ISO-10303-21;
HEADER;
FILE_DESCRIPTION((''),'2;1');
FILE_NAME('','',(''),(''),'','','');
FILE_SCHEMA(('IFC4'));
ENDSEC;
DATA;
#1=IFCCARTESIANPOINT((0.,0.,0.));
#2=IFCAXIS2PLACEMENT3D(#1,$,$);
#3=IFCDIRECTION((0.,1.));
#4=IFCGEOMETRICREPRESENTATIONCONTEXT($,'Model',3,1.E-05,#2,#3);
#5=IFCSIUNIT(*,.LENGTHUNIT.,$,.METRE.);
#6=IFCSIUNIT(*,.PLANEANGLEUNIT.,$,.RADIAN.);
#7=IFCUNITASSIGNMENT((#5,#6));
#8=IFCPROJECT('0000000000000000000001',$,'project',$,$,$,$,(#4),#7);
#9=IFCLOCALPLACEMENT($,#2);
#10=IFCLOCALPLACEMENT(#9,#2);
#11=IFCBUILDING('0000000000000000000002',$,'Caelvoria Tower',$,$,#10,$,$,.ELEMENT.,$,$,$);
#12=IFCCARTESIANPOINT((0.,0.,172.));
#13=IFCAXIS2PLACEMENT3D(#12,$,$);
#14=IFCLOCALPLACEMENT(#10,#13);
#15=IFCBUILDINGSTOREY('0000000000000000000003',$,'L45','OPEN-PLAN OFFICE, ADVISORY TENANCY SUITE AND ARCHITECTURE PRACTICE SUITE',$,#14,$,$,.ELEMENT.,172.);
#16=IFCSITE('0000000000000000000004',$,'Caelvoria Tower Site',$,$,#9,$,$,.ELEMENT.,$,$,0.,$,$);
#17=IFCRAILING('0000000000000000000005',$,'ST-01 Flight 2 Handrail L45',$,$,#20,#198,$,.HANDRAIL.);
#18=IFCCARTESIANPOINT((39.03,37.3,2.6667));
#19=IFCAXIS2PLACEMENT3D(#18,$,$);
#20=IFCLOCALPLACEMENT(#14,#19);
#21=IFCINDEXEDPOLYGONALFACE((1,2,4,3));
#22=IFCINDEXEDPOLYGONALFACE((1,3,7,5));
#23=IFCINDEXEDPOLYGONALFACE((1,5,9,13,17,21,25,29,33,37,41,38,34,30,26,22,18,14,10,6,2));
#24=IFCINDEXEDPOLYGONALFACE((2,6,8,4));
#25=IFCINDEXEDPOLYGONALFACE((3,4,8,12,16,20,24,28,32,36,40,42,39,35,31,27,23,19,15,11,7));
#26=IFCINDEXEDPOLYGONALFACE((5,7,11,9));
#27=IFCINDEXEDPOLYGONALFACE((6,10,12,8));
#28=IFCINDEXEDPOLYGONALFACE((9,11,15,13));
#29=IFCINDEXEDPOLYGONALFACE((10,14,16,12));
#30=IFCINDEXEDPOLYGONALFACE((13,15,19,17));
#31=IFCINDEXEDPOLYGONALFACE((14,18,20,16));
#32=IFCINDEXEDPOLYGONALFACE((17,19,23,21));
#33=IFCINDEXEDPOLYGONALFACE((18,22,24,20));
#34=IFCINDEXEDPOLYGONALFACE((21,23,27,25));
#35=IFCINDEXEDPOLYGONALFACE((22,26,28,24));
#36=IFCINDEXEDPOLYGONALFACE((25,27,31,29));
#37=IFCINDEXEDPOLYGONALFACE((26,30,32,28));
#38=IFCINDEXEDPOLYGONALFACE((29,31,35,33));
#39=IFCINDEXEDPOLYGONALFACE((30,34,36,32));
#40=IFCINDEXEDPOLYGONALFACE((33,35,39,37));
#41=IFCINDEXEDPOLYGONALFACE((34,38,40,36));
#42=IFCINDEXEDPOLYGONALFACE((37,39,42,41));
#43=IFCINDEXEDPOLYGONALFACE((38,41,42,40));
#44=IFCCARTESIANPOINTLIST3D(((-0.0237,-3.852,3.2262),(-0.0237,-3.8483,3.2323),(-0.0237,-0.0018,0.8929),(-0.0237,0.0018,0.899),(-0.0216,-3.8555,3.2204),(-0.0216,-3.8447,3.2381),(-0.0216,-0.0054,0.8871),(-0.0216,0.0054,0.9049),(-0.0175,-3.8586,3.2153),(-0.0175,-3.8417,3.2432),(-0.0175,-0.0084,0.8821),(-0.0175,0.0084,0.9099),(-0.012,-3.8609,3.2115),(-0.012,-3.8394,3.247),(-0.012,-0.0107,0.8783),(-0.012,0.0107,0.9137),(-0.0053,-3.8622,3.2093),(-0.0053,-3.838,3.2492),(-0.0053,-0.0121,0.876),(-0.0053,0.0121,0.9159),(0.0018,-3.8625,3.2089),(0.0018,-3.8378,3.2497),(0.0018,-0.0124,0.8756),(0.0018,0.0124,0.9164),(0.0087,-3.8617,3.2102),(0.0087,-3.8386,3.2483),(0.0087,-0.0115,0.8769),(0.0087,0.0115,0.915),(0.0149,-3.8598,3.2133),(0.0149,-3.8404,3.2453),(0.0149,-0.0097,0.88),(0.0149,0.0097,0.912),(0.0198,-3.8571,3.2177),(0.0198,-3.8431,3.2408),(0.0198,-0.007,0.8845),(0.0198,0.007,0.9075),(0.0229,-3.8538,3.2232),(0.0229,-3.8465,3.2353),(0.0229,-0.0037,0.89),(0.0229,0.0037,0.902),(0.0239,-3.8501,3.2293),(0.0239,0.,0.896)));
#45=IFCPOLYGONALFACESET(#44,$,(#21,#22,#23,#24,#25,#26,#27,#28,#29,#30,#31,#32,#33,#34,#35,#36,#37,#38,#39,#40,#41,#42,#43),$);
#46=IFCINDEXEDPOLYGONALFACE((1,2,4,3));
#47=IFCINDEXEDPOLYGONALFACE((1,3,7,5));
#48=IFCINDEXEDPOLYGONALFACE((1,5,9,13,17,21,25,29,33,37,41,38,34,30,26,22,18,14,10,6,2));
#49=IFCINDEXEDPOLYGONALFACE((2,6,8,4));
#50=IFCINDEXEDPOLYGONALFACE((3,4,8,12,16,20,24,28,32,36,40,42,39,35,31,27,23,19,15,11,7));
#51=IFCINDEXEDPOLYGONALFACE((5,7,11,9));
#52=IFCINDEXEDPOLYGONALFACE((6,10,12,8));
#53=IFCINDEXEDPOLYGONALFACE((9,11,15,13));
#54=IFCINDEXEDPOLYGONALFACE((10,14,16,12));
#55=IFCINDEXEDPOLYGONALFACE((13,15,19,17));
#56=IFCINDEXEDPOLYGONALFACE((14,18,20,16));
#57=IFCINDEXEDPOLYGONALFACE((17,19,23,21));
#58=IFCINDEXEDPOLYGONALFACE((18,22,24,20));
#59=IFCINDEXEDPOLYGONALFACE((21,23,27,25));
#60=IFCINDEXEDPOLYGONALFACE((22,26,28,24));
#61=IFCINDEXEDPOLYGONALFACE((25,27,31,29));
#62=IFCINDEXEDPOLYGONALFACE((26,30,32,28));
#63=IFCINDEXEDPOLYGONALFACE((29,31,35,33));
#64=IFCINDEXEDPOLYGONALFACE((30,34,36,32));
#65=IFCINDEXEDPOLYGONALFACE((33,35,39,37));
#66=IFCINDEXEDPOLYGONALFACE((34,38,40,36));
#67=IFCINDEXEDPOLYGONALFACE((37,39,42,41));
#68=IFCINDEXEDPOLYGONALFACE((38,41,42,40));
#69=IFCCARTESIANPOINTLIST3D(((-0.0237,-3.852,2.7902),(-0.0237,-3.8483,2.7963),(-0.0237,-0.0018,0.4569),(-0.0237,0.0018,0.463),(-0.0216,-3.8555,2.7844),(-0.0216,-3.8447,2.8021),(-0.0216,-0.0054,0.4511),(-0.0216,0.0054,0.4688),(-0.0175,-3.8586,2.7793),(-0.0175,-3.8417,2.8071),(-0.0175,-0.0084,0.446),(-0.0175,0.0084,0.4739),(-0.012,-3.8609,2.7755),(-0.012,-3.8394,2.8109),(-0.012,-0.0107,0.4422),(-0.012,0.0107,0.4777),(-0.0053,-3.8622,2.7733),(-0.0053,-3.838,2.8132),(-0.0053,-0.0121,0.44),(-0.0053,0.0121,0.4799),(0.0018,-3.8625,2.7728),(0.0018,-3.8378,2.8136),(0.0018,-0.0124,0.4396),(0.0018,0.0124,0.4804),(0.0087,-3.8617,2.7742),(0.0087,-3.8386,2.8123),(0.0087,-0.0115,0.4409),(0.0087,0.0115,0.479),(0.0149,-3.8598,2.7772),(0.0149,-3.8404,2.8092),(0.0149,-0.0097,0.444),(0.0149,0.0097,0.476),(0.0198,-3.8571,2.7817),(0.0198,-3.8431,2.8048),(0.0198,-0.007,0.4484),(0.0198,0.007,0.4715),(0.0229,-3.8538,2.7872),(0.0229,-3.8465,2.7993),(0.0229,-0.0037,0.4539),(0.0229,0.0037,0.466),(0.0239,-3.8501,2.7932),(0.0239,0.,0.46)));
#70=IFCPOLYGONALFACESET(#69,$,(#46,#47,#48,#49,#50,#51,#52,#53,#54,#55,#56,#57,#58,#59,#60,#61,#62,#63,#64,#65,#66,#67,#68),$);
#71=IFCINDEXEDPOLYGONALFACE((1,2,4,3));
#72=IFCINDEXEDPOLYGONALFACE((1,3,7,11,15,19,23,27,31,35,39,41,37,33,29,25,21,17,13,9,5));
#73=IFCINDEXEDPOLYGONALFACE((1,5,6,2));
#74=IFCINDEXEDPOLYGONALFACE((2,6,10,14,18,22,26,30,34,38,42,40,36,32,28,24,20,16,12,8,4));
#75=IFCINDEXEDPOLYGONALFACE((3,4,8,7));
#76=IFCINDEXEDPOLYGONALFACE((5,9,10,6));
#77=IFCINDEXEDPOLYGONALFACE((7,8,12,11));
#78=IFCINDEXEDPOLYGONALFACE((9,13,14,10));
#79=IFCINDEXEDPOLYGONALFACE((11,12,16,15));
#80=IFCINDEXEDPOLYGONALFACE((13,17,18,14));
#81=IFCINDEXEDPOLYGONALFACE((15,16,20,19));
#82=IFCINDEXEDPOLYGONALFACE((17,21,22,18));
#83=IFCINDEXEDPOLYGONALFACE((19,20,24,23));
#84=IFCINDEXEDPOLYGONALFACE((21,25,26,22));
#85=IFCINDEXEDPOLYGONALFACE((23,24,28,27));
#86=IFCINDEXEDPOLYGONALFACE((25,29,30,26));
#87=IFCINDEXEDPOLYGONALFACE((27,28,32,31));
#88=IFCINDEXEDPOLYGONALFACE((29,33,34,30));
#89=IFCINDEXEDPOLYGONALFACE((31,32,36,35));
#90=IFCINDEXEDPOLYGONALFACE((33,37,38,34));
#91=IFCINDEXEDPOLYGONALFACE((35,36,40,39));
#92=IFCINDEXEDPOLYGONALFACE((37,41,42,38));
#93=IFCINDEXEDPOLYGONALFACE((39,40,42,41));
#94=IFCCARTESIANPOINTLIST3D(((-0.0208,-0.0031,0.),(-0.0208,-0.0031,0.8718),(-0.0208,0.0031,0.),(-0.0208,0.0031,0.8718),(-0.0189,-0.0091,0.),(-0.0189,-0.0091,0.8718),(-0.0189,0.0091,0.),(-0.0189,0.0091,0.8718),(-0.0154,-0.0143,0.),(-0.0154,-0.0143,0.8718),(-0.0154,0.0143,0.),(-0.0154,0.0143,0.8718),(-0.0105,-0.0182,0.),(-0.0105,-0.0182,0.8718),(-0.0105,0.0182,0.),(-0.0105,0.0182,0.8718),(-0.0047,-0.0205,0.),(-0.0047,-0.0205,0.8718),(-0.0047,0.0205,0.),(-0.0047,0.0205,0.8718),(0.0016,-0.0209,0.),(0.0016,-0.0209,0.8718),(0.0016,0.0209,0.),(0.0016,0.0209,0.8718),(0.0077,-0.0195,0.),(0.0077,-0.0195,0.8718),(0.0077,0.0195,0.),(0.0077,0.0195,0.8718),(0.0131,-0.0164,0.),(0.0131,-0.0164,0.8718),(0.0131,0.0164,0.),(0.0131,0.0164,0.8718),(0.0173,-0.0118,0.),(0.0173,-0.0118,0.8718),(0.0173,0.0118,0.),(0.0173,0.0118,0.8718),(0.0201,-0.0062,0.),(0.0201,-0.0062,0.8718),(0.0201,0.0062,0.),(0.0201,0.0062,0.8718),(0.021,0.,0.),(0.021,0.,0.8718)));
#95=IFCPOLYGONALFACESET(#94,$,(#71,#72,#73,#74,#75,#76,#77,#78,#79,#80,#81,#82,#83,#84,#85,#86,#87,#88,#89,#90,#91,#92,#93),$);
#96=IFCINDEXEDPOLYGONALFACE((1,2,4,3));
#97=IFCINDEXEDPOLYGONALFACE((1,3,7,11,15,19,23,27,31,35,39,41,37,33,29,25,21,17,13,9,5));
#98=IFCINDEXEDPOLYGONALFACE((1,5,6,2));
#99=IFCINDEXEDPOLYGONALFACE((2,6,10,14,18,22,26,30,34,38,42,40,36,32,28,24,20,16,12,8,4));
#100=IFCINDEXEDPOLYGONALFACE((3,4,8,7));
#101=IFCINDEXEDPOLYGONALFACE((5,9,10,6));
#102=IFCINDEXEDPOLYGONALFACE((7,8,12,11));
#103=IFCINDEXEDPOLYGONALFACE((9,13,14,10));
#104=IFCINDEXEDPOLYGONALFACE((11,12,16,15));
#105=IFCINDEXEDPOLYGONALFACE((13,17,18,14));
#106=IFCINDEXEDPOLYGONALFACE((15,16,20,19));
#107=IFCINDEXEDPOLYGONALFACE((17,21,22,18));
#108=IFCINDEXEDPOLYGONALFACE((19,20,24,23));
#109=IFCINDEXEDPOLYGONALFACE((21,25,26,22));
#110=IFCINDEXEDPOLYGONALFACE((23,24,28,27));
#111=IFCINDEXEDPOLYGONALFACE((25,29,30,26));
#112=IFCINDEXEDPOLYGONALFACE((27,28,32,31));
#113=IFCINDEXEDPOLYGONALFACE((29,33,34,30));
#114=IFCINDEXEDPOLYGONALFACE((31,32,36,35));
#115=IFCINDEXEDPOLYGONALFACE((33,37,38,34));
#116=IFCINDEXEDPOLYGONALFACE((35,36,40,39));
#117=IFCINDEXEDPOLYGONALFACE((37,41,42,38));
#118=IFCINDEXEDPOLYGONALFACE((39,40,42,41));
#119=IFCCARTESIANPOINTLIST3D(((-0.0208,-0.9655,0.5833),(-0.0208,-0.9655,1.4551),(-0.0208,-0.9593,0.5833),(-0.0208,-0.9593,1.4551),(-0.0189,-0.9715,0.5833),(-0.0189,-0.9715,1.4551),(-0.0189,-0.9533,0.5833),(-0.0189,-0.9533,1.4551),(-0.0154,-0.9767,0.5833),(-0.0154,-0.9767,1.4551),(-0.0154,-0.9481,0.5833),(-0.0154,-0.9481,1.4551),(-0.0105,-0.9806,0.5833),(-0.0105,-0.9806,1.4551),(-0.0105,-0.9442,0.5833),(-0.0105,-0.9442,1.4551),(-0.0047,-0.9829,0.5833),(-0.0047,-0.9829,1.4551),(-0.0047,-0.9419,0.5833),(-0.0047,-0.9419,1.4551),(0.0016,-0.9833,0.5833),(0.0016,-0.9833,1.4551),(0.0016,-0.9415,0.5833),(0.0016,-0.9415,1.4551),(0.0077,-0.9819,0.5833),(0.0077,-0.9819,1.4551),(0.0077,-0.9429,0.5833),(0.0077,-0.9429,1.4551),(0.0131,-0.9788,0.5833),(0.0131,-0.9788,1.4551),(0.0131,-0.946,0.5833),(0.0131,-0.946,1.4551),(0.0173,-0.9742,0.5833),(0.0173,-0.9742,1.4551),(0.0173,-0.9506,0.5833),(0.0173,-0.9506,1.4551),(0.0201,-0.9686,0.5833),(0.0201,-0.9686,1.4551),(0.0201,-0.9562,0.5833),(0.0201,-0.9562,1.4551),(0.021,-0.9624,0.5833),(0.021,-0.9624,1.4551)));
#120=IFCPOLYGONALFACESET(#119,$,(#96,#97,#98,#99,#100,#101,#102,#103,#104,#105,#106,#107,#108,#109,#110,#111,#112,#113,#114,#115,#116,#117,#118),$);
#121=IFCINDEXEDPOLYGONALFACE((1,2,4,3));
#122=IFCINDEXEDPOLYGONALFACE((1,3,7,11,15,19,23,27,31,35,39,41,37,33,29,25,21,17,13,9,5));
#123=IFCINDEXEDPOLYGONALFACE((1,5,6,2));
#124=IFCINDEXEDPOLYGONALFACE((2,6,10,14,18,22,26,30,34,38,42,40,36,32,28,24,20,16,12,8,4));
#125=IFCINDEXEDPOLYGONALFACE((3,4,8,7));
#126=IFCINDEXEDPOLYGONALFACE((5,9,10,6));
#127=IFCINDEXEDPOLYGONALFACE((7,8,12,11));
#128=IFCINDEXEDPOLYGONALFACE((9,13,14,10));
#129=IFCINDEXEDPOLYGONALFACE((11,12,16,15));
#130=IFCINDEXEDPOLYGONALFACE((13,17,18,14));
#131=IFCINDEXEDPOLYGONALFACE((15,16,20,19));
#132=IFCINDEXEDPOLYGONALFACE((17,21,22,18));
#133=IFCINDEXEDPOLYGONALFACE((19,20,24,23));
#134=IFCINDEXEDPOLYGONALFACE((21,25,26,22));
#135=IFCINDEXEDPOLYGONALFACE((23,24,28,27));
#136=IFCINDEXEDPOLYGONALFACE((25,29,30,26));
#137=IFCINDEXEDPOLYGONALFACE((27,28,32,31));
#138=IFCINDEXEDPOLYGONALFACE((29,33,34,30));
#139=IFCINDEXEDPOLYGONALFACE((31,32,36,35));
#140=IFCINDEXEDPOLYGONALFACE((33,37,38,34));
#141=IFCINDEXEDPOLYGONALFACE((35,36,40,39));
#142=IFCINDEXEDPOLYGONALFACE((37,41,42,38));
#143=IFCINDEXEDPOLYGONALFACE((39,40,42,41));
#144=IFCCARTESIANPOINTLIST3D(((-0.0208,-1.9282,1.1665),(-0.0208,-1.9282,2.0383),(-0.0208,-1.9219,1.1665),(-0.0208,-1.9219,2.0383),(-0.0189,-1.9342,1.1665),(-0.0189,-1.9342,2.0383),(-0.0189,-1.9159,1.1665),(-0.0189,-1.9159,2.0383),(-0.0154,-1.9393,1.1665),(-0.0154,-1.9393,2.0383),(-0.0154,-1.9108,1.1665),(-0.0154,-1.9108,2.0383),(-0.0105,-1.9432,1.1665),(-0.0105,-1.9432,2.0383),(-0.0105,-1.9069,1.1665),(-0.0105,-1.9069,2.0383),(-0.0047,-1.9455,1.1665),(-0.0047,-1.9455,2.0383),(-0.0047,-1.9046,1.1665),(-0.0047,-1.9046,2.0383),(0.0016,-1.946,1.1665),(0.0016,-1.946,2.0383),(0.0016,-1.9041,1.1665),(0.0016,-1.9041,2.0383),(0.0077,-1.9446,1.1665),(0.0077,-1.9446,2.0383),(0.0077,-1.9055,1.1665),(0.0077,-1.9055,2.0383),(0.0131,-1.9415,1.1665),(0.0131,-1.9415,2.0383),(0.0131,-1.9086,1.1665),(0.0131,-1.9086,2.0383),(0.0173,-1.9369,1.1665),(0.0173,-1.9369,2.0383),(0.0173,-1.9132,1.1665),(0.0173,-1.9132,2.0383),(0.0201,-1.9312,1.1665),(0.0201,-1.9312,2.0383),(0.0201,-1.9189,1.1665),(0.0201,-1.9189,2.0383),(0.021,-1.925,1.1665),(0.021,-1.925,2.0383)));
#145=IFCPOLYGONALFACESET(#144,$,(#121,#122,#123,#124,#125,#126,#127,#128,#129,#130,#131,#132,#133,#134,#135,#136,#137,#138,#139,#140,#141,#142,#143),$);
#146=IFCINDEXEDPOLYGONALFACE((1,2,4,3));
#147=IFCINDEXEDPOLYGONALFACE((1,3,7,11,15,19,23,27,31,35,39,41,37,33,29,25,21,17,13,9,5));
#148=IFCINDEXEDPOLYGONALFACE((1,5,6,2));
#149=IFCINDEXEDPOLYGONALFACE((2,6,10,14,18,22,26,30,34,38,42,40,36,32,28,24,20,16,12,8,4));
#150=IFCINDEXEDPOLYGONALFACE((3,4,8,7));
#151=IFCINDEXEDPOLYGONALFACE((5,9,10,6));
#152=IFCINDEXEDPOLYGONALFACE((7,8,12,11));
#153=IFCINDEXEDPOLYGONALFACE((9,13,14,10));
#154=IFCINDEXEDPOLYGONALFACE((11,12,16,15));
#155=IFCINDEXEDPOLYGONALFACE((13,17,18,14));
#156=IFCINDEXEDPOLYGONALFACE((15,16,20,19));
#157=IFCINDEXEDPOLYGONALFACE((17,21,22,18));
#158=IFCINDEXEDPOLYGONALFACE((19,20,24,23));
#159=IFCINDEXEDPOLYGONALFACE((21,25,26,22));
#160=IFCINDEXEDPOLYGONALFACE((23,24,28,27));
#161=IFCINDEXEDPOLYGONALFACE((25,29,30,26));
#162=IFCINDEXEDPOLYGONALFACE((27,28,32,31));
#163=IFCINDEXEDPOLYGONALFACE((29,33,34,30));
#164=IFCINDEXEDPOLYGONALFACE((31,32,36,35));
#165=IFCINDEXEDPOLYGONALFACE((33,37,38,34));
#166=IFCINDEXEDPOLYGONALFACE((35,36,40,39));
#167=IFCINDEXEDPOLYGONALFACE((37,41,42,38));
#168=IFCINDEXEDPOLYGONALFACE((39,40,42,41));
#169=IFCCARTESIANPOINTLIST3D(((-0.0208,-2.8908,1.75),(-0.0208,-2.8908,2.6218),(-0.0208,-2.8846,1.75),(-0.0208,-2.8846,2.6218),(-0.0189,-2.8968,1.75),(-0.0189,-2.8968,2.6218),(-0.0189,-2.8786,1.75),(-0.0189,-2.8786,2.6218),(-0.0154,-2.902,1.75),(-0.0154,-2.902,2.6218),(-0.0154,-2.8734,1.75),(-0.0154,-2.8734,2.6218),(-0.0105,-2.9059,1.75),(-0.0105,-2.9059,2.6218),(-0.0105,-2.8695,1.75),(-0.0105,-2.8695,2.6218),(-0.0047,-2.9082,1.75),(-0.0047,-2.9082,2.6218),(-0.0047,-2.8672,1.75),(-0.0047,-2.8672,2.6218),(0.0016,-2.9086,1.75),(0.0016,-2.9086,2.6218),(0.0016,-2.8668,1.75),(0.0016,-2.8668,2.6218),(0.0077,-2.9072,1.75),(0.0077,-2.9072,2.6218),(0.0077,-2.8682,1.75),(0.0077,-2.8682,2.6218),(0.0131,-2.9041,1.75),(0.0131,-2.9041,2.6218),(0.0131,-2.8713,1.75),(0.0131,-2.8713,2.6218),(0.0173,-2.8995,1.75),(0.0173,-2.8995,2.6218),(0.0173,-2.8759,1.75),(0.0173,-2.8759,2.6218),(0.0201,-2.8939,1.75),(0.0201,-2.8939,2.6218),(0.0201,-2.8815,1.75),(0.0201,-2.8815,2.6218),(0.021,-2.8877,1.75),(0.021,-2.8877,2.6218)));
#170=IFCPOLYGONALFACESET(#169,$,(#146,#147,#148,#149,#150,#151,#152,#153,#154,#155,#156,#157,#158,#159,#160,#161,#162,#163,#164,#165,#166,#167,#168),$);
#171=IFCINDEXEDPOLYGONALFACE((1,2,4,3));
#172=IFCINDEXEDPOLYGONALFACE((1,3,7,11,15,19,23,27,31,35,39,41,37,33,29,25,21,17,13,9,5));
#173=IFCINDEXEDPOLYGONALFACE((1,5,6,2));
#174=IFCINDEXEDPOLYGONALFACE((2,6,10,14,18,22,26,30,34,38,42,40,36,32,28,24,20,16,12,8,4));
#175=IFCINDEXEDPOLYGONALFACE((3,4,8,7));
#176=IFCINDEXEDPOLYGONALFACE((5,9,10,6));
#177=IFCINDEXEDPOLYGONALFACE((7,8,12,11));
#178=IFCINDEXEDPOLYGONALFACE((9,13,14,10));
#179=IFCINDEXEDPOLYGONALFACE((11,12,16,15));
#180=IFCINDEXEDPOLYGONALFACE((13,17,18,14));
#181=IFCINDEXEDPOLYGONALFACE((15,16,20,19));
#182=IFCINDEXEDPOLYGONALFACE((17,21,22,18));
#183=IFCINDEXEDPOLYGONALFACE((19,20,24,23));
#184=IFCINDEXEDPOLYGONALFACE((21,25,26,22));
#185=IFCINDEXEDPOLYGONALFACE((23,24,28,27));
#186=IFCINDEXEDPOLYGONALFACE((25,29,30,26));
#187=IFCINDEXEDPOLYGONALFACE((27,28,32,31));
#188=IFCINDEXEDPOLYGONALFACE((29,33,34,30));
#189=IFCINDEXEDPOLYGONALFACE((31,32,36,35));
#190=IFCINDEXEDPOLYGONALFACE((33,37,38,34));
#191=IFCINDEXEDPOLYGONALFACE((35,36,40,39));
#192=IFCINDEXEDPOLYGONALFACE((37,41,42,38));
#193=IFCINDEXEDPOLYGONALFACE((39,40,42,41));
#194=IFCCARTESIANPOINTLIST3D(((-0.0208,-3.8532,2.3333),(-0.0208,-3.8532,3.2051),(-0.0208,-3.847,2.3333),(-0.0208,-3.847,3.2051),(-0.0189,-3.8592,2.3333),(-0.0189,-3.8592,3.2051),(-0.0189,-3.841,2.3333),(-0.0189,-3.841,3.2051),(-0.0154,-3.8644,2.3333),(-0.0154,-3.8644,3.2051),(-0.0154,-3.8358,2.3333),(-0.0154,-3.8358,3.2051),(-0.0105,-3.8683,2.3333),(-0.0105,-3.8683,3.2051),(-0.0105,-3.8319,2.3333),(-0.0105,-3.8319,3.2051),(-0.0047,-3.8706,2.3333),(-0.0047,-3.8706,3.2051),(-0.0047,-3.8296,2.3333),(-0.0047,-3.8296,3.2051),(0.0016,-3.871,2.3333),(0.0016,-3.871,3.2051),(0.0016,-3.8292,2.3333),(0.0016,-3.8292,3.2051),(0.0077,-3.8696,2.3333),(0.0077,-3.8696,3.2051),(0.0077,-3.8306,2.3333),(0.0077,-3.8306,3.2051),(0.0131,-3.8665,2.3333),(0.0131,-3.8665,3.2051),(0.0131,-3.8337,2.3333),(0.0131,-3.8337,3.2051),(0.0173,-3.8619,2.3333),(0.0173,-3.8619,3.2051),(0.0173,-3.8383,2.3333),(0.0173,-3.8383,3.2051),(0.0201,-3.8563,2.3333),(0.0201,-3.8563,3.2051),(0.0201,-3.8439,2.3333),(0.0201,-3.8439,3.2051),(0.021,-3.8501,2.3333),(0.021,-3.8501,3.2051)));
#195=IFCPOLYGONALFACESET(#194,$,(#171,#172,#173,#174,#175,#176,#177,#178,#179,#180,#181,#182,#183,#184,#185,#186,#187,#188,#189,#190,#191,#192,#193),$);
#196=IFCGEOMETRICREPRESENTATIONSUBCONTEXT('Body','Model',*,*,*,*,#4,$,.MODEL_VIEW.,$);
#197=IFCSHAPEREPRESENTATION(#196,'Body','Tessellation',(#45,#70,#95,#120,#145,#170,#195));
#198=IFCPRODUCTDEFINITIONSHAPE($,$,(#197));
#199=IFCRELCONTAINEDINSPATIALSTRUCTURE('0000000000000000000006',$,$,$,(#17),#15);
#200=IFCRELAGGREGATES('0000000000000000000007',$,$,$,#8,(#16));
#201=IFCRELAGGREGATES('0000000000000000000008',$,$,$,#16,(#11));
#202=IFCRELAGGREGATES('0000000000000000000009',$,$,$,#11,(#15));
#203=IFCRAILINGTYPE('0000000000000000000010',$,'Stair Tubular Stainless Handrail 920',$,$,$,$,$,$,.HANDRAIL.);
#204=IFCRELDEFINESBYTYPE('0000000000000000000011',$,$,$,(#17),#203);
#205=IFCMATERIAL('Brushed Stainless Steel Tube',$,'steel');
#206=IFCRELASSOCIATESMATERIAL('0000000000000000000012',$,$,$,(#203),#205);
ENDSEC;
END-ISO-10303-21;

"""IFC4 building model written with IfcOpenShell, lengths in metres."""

from ifc_helpers import new_model, si_unit, direction, frame, origin, origin_2d, place, context, subcontext, project, spatial, circle, extrude, material, type_object, element, save


model = new_model("IFC4")

# Units and contexts
model_context = context("Model", 3, precision=1e-05, world=origin(), true_north=direction((0.0, 1.0)))
body_context = subcontext(model_context, "Body", "Model", "MODEL_VIEW")
ifc_project = project(units=[si_unit("LENGTHUNIT", "METRE"), si_unit("PLANEANGLEUNIT", "RADIAN")], contexts=[model_context])

# Site, building, storey
site_placement = place(None, origin())
site = spatial("IfcSite", under=ifc_project, at=site_placement, Name="Caelvoria Tower Site", CompositionType="ELEMENT", RefElevation=0.0)
building_placement = place(site_placement, origin())
building = spatial("IfcBuilding", under=site, at=building_placement, Name="Caelvoria Tower", CompositionType="ELEMENT")
storey_placement = place(building_placement, frame((0.0, 0.0, 172.0)))
storey = spatial("IfcBuildingStorey", under=building, at=storey_placement, Name="L45", Description="OPEN-PLAN OFFICE, ADVISORY TENANCY SUITE AND ARCHITECTURE PRACTICE SUITE", CompositionType="ELEMENT", Elevation=172.0)

# Railing
ifc_material_1 = material(Name="Brushed Stainless Steel Tube", Category="steel")
railing_type_1 = type_object("IfcRailingType", Name="Stair Tubular Stainless Handrail 920", PredefinedType="HANDRAIL", material=ifc_material_1)
railing_1_placement = place(storey_placement, frame((39.03, 37.3, 2.6667)))
element("IfcRailing", 1, at=railing_1_placement, inside=storey, type_object=railing_type_1, Name="ST-01 Flight 2 Handrail L45", PredefinedType="HANDRAIL", context=body_context, shape_type="SweptSolid", body=[
    extrude(circle(Radius=0.0239, at=origin_2d()), frame((0.0, 0.0, 0.896), z_axis=(0.0, -0.855212, 0.518279), x_axis=(1.0, 0.0, 0.0)), (0.0, 0.0, 1.0), 4.502),
    extrude(circle(Radius=0.0239, at=origin_2d()), frame((0.0, 0.0, 0.46), z_axis=(0.0, -0.855212, 0.518279), x_axis=(1.0, 0.0, 0.0)), (0.0, 0.0, 1.0), 4.502),
    extrude(circle(Radius=0.021, at=origin_2d()), origin(), (0.0, 0.0, 1.0), 0.8718),
    extrude(circle(Radius=0.021, at=origin_2d()), frame((0.0, -0.9624, 0.5833)), (0.0, 0.0, 1.0), 0.8718),
    extrude(circle(Radius=0.021, at=origin_2d()), frame((0.0, -1.925, 1.1665)), (0.0, 0.0, 1.0), 0.8718),
    extrude(circle(Radius=0.021, at=origin_2d()), frame((0.0, -2.8877, 1.75)), (0.0, 0.0, 1.0), 0.8718),
    extrude(circle(Radius=0.021, at=origin_2d()), frame((0.0, -3.8501, 2.3333)), (0.0, 0.0, 1.0), 0.8718),
])

save(model, "model.ifc")
